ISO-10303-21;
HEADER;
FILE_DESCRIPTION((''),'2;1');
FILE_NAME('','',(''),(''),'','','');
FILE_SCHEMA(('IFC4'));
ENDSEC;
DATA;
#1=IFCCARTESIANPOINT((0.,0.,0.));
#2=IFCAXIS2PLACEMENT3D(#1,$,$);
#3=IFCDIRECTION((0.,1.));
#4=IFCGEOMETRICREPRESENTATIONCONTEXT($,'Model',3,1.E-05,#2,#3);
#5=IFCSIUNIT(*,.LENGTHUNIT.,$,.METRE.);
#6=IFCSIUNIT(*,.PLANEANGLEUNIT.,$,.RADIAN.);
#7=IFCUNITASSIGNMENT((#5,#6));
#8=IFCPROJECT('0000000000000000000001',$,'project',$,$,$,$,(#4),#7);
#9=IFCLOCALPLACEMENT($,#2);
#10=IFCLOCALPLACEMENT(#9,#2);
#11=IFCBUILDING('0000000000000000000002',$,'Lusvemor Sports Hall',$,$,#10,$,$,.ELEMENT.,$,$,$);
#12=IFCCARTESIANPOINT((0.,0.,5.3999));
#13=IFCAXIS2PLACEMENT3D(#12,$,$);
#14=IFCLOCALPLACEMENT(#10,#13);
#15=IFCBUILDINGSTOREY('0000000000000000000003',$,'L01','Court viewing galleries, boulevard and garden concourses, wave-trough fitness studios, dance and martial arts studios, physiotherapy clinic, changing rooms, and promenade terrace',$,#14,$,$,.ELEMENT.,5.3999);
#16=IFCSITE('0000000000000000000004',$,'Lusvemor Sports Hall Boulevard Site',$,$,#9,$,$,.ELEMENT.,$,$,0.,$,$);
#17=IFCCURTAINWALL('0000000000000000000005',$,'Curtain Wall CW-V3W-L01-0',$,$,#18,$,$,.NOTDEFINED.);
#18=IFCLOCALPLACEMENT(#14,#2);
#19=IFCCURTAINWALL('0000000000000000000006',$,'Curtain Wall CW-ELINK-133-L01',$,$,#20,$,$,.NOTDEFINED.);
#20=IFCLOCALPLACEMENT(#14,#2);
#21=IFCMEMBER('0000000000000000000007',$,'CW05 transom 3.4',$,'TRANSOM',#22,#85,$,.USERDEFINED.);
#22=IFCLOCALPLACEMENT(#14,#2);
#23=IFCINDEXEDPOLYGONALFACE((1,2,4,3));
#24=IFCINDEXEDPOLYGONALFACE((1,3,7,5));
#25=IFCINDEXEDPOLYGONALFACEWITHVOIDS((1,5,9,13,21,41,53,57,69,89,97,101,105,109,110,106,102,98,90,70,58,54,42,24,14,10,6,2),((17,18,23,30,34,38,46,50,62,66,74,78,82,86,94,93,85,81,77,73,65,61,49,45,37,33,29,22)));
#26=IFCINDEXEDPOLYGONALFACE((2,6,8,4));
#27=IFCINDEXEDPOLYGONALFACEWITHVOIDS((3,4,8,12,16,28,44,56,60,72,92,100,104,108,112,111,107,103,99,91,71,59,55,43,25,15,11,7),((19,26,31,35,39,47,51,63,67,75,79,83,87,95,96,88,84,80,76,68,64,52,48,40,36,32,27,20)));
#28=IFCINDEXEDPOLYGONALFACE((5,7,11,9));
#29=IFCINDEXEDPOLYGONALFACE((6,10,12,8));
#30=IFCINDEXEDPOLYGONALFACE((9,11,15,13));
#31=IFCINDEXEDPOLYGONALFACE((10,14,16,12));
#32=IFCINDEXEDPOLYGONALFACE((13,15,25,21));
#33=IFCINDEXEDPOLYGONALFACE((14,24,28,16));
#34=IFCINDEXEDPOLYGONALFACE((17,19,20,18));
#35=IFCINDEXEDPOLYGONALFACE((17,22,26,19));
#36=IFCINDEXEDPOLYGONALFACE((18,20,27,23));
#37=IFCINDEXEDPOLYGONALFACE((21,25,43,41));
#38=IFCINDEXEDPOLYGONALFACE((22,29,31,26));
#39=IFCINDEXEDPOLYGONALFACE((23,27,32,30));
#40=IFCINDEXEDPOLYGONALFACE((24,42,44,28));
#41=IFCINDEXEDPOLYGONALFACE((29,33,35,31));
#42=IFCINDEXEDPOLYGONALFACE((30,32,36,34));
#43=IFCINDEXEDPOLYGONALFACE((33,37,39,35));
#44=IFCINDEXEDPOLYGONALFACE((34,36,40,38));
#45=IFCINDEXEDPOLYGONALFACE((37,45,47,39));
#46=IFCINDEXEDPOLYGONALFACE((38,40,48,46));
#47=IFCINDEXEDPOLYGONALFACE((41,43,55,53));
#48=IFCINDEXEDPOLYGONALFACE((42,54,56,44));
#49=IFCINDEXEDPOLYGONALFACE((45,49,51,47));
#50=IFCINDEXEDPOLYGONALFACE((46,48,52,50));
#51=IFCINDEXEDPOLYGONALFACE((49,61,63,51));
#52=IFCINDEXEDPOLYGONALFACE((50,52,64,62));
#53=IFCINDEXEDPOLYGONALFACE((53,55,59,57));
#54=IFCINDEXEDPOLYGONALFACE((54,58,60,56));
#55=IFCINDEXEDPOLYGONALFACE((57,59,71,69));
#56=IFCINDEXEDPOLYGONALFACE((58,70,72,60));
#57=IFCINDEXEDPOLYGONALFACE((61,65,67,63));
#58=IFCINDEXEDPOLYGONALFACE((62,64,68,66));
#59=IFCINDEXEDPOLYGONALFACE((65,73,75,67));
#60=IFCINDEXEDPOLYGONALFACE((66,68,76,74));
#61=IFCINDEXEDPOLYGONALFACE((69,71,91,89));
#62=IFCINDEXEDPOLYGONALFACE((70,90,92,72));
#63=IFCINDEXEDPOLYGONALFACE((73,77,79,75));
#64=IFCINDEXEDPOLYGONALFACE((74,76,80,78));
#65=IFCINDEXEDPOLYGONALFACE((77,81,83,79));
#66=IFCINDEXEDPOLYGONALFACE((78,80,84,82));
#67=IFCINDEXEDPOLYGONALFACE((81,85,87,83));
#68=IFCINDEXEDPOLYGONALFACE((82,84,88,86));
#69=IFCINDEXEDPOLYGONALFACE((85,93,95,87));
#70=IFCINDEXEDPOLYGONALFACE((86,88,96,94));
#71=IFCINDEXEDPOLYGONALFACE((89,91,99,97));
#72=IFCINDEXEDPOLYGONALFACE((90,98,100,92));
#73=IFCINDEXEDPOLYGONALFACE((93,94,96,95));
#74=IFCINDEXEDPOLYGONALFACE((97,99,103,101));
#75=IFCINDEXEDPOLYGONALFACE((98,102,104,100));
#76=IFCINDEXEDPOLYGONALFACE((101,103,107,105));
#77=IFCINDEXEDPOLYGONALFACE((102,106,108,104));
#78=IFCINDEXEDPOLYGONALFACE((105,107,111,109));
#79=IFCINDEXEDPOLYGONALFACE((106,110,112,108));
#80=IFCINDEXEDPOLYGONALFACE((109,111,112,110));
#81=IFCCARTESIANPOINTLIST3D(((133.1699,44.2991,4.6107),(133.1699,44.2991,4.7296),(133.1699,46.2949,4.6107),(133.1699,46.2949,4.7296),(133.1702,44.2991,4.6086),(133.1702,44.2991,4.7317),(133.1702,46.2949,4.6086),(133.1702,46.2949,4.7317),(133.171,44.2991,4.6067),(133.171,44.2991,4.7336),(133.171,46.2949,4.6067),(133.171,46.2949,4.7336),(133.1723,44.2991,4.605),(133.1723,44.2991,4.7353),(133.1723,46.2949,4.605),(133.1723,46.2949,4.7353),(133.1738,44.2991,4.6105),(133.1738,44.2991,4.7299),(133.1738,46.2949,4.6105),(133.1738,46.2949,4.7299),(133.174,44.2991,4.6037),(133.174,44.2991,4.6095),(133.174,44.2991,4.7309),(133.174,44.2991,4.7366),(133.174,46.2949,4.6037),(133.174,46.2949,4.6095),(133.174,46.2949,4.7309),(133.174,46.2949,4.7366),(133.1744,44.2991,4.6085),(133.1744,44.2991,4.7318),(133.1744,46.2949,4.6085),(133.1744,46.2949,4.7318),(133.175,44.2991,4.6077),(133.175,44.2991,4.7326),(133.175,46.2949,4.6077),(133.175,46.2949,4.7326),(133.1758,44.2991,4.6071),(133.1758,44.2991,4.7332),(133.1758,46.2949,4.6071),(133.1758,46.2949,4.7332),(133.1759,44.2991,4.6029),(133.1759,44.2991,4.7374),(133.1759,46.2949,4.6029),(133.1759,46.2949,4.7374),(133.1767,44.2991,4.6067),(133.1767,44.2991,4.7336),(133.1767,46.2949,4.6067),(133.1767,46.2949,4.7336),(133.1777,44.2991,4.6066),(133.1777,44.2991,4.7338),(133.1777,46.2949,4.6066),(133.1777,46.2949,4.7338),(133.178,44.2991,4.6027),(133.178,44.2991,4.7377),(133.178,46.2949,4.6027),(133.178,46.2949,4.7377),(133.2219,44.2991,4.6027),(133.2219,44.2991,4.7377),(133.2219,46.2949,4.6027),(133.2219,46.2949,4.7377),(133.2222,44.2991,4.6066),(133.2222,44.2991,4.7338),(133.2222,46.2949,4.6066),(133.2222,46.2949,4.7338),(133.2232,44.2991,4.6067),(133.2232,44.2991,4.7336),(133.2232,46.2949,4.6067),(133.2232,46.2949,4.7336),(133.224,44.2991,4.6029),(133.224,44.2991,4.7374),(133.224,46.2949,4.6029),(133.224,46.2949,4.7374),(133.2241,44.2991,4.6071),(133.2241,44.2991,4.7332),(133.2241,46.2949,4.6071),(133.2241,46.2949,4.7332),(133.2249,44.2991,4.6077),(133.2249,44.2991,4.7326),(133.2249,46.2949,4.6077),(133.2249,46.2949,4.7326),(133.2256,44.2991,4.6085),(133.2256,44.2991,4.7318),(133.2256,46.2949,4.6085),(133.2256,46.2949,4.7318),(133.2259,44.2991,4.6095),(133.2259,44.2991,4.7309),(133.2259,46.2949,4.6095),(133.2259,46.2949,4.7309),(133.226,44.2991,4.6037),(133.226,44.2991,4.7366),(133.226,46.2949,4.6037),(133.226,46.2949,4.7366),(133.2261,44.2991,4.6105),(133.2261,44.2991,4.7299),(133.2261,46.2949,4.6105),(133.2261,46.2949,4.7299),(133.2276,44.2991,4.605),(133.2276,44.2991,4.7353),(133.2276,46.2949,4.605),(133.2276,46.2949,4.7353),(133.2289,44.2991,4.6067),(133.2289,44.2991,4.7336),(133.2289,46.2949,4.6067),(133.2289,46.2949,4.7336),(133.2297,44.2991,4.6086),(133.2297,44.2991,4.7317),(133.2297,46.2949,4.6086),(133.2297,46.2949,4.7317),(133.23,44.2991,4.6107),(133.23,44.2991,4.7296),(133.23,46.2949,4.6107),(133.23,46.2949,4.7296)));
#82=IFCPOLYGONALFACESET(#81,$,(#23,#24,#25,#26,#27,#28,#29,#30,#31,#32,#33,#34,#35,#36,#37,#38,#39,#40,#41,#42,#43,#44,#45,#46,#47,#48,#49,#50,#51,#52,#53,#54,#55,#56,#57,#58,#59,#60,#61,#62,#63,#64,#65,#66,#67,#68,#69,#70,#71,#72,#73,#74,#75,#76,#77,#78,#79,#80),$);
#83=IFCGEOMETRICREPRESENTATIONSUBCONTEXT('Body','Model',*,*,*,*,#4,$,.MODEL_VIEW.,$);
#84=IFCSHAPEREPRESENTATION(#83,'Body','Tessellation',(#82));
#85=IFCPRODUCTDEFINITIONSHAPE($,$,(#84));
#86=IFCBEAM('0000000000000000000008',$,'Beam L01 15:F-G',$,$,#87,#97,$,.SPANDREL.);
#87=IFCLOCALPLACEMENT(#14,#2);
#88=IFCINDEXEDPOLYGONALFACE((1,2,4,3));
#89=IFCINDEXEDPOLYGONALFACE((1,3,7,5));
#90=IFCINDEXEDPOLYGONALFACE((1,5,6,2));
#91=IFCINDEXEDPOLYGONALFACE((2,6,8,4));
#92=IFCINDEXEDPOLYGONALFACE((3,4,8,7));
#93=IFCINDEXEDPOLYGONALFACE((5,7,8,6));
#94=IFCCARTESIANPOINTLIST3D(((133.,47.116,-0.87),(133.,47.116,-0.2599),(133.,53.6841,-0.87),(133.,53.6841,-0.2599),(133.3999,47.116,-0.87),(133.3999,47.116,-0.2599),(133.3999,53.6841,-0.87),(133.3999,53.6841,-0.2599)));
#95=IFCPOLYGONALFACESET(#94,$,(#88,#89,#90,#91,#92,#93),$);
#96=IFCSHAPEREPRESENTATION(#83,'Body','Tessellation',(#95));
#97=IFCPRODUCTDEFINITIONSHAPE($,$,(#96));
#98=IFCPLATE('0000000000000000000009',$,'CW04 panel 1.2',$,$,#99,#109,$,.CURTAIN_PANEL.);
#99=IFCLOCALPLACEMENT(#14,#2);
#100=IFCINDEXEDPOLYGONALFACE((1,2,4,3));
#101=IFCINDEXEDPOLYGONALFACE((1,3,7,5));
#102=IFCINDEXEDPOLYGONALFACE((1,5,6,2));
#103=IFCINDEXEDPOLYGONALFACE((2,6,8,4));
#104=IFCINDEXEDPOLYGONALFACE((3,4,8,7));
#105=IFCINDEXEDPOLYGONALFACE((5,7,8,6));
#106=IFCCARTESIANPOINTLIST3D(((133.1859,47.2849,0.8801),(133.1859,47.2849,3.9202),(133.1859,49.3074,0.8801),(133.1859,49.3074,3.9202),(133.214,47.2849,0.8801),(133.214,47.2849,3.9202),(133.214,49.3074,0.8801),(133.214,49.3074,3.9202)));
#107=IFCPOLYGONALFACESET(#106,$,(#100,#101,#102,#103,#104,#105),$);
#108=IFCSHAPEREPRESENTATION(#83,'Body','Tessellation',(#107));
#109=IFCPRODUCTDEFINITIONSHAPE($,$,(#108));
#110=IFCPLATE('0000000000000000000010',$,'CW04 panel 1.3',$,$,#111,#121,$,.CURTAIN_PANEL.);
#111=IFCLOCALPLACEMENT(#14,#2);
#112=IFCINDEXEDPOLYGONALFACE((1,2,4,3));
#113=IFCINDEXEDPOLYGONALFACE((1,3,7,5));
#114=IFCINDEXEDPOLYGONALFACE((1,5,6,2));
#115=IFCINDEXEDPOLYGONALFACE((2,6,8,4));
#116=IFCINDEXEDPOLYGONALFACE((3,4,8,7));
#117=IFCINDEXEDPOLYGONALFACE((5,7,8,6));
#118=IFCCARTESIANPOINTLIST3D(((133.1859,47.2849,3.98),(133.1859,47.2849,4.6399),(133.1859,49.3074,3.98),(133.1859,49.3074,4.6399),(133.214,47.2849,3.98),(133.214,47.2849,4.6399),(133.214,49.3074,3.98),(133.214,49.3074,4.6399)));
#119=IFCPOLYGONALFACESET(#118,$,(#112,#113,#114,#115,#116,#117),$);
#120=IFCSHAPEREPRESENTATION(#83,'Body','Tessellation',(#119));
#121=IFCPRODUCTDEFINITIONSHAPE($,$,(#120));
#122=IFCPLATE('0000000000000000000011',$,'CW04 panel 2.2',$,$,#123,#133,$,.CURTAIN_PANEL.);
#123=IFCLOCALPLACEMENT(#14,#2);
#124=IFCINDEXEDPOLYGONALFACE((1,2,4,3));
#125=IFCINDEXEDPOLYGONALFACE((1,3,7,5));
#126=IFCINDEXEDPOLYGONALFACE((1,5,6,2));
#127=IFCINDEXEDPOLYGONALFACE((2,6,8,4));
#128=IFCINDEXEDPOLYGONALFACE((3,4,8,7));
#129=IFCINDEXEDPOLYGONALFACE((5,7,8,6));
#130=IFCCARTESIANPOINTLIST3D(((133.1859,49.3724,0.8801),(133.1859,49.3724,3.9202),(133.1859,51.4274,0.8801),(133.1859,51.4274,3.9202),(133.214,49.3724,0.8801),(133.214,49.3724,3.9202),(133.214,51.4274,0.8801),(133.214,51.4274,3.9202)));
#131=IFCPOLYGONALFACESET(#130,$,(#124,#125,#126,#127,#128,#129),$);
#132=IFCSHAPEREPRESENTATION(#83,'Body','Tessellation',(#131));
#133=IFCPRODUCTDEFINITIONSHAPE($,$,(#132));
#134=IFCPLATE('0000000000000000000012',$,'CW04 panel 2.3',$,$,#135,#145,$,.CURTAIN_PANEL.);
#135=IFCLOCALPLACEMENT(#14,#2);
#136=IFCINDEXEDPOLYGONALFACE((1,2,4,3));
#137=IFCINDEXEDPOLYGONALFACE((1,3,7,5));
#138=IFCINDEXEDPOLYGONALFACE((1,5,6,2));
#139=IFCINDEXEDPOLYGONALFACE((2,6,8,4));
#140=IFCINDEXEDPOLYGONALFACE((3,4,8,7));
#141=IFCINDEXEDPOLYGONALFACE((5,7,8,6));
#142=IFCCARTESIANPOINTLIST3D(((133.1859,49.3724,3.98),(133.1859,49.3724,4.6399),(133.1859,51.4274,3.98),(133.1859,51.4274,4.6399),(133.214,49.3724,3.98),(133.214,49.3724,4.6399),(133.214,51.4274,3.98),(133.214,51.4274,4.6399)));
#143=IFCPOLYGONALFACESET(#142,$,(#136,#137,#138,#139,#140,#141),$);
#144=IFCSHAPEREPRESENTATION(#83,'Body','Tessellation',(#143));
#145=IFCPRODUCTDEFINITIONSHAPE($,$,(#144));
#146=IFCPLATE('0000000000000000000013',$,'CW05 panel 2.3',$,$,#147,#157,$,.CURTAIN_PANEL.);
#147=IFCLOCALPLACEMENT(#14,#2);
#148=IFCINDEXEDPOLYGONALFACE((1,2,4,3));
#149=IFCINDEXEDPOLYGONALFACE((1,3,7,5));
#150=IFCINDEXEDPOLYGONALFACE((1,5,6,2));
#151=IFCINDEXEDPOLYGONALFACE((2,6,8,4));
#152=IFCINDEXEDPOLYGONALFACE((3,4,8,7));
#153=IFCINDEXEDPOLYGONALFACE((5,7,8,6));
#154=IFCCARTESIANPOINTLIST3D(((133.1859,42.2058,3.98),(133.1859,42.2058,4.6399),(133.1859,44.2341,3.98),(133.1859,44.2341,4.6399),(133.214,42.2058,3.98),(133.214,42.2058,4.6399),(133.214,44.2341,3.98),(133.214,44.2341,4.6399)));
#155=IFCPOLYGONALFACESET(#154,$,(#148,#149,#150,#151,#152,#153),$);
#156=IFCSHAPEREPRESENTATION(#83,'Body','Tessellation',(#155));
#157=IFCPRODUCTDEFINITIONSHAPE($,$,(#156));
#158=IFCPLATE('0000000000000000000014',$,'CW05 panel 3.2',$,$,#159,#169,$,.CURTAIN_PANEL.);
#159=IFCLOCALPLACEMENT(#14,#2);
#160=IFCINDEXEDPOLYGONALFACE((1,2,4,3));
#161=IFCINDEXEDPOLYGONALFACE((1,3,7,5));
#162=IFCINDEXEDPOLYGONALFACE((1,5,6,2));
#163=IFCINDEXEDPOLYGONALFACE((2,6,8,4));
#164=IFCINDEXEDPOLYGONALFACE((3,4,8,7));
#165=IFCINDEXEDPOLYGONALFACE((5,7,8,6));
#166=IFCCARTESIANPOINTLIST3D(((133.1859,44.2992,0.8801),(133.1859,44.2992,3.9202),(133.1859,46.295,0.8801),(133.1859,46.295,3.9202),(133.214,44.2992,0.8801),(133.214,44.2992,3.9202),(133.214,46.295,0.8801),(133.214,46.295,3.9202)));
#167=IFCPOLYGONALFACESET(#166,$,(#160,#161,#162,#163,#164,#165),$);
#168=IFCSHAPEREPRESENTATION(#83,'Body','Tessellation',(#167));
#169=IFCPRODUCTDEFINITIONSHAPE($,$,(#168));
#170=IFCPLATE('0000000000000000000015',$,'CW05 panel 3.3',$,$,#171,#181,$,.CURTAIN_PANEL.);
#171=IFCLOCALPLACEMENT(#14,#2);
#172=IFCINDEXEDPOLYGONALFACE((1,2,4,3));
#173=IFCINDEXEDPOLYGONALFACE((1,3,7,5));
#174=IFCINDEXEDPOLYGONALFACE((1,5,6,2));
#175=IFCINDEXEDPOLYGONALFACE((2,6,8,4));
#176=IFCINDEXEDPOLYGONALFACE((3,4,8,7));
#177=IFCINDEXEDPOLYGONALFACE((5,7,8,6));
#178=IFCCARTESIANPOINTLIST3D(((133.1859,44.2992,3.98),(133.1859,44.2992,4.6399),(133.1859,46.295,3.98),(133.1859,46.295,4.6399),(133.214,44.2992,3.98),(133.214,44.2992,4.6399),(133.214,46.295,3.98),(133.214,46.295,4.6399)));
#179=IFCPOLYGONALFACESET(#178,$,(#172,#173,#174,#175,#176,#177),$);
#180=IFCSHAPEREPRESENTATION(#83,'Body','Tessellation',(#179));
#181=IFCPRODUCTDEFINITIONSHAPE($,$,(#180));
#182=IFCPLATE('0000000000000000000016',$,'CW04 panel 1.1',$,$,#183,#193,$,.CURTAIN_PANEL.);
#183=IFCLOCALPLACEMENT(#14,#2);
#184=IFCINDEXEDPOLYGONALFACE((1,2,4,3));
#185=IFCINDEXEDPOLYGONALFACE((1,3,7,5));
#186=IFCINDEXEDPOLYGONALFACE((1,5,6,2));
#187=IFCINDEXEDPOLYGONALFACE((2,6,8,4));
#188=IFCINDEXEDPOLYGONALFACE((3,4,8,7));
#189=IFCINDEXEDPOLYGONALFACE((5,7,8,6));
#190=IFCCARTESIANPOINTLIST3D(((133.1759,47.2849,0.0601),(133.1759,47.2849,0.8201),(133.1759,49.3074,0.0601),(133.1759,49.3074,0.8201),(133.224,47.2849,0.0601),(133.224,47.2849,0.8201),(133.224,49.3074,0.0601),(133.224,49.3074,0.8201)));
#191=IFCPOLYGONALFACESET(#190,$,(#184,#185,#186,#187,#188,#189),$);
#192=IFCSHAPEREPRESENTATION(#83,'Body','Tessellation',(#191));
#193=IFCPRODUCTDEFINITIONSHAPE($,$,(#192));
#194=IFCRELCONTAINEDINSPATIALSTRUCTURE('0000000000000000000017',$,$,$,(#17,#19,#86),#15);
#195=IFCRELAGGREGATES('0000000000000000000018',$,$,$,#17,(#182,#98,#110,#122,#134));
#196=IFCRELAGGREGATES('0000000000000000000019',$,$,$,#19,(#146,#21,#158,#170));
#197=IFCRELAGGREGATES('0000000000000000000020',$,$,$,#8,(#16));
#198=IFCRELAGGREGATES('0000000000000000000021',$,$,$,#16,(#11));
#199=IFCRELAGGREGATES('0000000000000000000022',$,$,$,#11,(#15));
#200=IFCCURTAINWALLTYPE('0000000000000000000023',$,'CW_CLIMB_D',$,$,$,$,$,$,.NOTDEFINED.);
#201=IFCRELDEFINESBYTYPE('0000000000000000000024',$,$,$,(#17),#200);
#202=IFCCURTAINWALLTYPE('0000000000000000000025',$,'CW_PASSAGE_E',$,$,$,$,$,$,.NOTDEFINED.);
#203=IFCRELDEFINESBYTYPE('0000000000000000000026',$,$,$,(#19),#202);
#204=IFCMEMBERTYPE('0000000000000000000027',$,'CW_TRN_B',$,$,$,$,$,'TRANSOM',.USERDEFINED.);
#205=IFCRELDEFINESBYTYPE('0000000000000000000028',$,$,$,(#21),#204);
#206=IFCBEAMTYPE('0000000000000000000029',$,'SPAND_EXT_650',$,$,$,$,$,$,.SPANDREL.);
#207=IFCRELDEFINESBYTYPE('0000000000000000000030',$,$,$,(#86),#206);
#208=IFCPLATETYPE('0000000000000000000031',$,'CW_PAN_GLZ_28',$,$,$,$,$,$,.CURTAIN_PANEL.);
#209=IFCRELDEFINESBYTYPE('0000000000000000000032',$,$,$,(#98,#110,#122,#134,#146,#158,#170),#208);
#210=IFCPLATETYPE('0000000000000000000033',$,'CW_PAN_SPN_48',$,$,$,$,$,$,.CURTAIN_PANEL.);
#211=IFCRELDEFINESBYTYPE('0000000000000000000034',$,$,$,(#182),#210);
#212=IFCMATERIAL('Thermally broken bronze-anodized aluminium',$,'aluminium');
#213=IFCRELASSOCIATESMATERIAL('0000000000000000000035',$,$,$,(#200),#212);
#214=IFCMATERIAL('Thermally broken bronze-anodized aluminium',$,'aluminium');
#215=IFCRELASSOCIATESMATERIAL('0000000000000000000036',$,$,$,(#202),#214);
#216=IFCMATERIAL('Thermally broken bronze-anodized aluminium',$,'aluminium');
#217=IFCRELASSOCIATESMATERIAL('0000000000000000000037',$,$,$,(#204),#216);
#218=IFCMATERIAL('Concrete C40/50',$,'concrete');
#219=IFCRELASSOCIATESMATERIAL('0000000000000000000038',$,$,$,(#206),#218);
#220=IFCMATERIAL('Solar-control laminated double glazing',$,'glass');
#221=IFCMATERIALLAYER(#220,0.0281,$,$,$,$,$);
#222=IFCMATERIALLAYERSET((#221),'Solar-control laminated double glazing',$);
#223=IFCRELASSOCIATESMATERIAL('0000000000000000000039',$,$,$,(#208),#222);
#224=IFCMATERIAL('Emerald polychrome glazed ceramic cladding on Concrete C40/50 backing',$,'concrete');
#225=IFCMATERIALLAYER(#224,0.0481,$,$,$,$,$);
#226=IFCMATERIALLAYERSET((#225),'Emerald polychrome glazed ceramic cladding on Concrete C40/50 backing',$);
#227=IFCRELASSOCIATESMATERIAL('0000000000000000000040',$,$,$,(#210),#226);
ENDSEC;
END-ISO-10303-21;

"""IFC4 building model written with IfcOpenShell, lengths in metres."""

from ifc_helpers import new_model, si_unit, direction, frame, origin, origin_2d, place, context, subcontext, project, spatial, rectangle, hollow_rectangle, extrude, material, layer, layer_set, material_profile, profile_set, type_object, element, aggregate, save


model = new_model("IFC4")

# Units and contexts
model_context = context("Model", 3, precision=1e-05, world=origin(), true_north=direction((0.0, 1.0)))
body_context = subcontext(model_context, "Body", "Model", "MODEL_VIEW")
ifc_project = project(units=[si_unit("LENGTHUNIT", "METRE"), si_unit("PLANEANGLEUNIT", "RADIAN")], contexts=[model_context])

# Site, building, storey
site_placement = place(None, origin())
site = spatial("IfcSite", under=ifc_project, at=site_placement, Name="Lusvemor Sports Hall Boulevard Site", CompositionType="ELEMENT", RefElevation=0.0)
building_placement = place(site_placement, origin())
building = spatial("IfcBuilding", under=site, at=building_placement, Name="Lusvemor Sports Hall", CompositionType="ELEMENT")
storey_placement = place(building_placement, frame((0.0, 0.0, 5.3999)))
storey = spatial("IfcBuildingStorey", under=building, at=storey_placement, Name="L01", Description="Court viewing galleries, boulevard and garden concourses, wave-trough fitness studios, dance and martial arts studios, physiotherapy clinic, changing rooms, and promenade terrace", CompositionType="ELEMENT", Elevation=5.3999)

# Curtain walls
ifc_material_1 = material(Name="Thermally broken bronze-anodized aluminium", Category="aluminium")
curtain_wall_type_1 = type_object("IfcCurtainWallType", Name="CW_CLIMB_D", PredefinedType="NOTDEFINED", material=ifc_material_1)
curtain_wall_1_placement = place(storey_placement, origin())
curtain_wall_1 = element("IfcCurtainWall", 1, at=curtain_wall_1_placement, inside=storey, type_object=curtain_wall_type_1, Name="Curtain Wall CW-V3W-L01-0", PredefinedType="NOTDEFINED")
ifc_material_2 = material(Name="Thermally broken bronze-anodized aluminium", Category="aluminium")
curtain_wall_type_2 = type_object("IfcCurtainWallType", Name="CW_PASSAGE_E", PredefinedType="NOTDEFINED", material=ifc_material_2)
curtain_wall_2_placement = place(storey_placement, origin())
curtain_wall_2 = element("IfcCurtainWall", 2, at=curtain_wall_2_placement, inside=storey, type_object=curtain_wall_type_2, Name="Curtain Wall CW-ELINK-133-L01", PredefinedType="NOTDEFINED")

# Member
ifc_material_3 = material(Name="Thermally broken bronze-anodized aluminium", Category="aluminium")
ifc_material_profile_1 = material_profile(ifc_material_3, hollow_rectangle(XDim=0.0601, YDim=0.135, WallThickness=0.0039, InnerFilletRadius=0.0039, OuterFilletRadius=0.0081, at=origin_2d()), Name="CWTRN135x60x4")
ifc_profile_set_1 = profile_set([ifc_material_profile_1], Name="Thermally broken bronze-anodized aluminium")
member_type_1 = type_object("IfcMemberType", Name="CW_TRN_B", ElementType="TRANSOM", PredefinedType="USERDEFINED", material=ifc_profile_set_1)
member_1_placement = place(storey_placement, frame((133.2, 44.2991, 4.6702), z_axis=(0.0, 1.0, 0.0), x_axis=(-1.0, 0.0, 0.0)))
member_1 = element("IfcMember", 3, at=member_1_placement, type_object=member_type_1, Name="CW05 transom 3.4", ObjectType="TRANSOM", PredefinedType="USERDEFINED", context=body_context, shape_type="SweptSolid", body=[
    extrude(hollow_rectangle(XDim=0.0601, YDim=0.135, WallThickness=0.0039, InnerFilletRadius=0.0039, OuterFilletRadius=0.0081, at=origin_2d()), origin(), (0.0, 0.0, 1.0), 1.9958),
])

# Beam
ifc_material_4 = material(Name="Concrete C40/50", Category="concrete")
ifc_material_profile_2 = material_profile(ifc_material_4, rectangle(XDim=0.3999, YDim=0.6101, at=origin_2d()), Name="RC400x610")
ifc_profile_set_2 = profile_set([ifc_material_profile_2], Name="Concrete C40/50")
beam_type = type_object("IfcBeamType", Name="SPAND_EXT_650", PredefinedType="SPANDREL", material=ifc_profile_set_2)
beam_placement = place(storey_placement, frame((133.2, 47.116, -0.5649), z_axis=(0.0, 1.0, 0.0), x_axis=(-1.0, 0.0, 0.0)))
element("IfcBeam", 4, at=beam_placement, inside=storey, type_object=beam_type, Name="Beam L01 15:F-G", PredefinedType="SPANDREL", context=body_context, shape_type="SweptSolid", body=[
    extrude(rectangle(XDim=0.3999, YDim=0.6101, at=origin_2d()), origin(), (0.0, 0.0, 1.0), 6.5681),
])

# Plates
ifc_material_5 = material(Name="Solar-control laminated double glazing", Category="glass")
ifc_layer_1 = layer(ifc_material_5, 0.0281)
ifc_layer_set_1 = layer_set([ifc_layer_1], Name="Solar-control laminated double glazing")
plate_type_1 = type_object("IfcPlateType", Name="CW_PAN_GLZ_28", PredefinedType="CURTAIN_PANEL", material=ifc_layer_set_1)
plate_1_placement = place(storey_placement, frame((133.2, 48.2961, 0.8801), z_axis=(0.0, 0.0, 1.0), x_axis=(0.0, 1.0, 0.0)))
plate_1 = element("IfcPlate", 5, at=plate_1_placement, type_object=plate_type_1, Name="CW04 panel 1.2", PredefinedType="CURTAIN_PANEL", context=body_context, shape_type="SweptSolid", body=[
    extrude(rectangle(XDim=2.0225, YDim=0.0281, at=origin_2d()), origin(), (0.0, 0.0, 1.0), 3.04),
])
plate_2_placement = place(storey_placement, frame((133.2, 48.2961, 3.98), z_axis=(0.0, 0.0, 1.0), x_axis=(0.0, 1.0, 0.0)))
plate_2 = element("IfcPlate", 6, at=plate_2_placement, type_object=plate_type_1, Name="CW04 panel 1.3", PredefinedType="CURTAIN_PANEL", context=body_context, shape_type="SweptSolid", body=[
    extrude(rectangle(XDim=2.0225, YDim=0.0281, at=origin_2d()), origin(), (0.0, 0.0, 1.0), 0.6599),
])
plate_3_placement = place(storey_placement, frame((133.2, 50.3999, 0.8801), z_axis=(0.0, 0.0, 1.0), x_axis=(0.0, 1.0, 0.0)))
plate_3 = element("IfcPlate", 7, at=plate_3_placement, type_object=plate_type_1, Name="CW04 panel 2.2", PredefinedType="CURTAIN_PANEL", context=body_context, shape_type="SweptSolid", body=[
    extrude(rectangle(XDim=2.0549, YDim=0.0281, at=origin_2d()), origin(), (0.0, 0.0, 1.0), 3.04),
])
plate_4_placement = place(storey_placement, frame((133.2, 50.3999, 3.98), z_axis=(0.0, 0.0, 1.0), x_axis=(0.0, 1.0, 0.0)))
plate_4 = element("IfcPlate", 8, at=plate_4_placement, type_object=plate_type_1, Name="CW04 panel 2.3", PredefinedType="CURTAIN_PANEL", context=body_context, shape_type="SweptSolid", body=[
    extrude(rectangle(XDim=2.0549, YDim=0.0281, at=origin_2d()), origin(), (0.0, 0.0, 1.0), 0.6599),
])
plate_5_placement = place(storey_placement, frame((133.2, 43.22, 3.98), z_axis=(0.0, 0.0, 1.0), x_axis=(0.0, 1.0, 0.0)))
plate_5 = element("IfcPlate", 9, at=plate_5_placement, type_object=plate_type_1, Name="CW05 panel 2.3", PredefinedType="CURTAIN_PANEL", context=body_context, shape_type="SweptSolid", body=[
    extrude(rectangle(XDim=2.0283, YDim=0.0281, at=origin_2d()), origin(), (0.0, 0.0, 1.0), 0.6599),
])
plate_6_placement = place(storey_placement, frame((133.2, 45.2971, 0.8801), z_axis=(0.0, 0.0, 1.0), x_axis=(0.0, 1.0, 0.0)))
plate_6 = element("IfcPlate", 10, at=plate_6_placement, type_object=plate_type_1, Name="CW05 panel 3.2", PredefinedType="CURTAIN_PANEL", context=body_context, shape_type="SweptSolid", body=[
    extrude(rectangle(XDim=1.9958, YDim=0.0281, at=origin_2d()), origin(), (0.0, 0.0, 1.0), 3.04),
])
plate_7_placement = place(storey_placement, frame((133.2, 45.2971, 3.98), z_axis=(0.0, 0.0, 1.0), x_axis=(0.0, 1.0, 0.0)))
plate_7 = element("IfcPlate", 11, at=plate_7_placement, type_object=plate_type_1, Name="CW05 panel 3.3", PredefinedType="CURTAIN_PANEL", context=body_context, shape_type="SweptSolid", body=[
    extrude(rectangle(XDim=1.9958, YDim=0.0281, at=origin_2d()), origin(), (0.0, 0.0, 1.0), 0.6599),
])
ifc_material_6 = material(Name="Emerald polychrome glazed ceramic cladding on Concrete C40/50 backing", Category="concrete")
ifc_layer_2 = layer(ifc_material_6, 0.0481)
ifc_layer_set_2 = layer_set([ifc_layer_2], Name="Emerald polychrome glazed ceramic cladding on Concrete C40/50 backing")
plate_type_2 = type_object("IfcPlateType", Name="CW_PAN_SPN_48", PredefinedType="CURTAIN_PANEL", material=ifc_layer_set_2)
plate_8_placement = place(storey_placement, frame((133.2, 48.2961, 0.0601), z_axis=(0.0, 0.0, 1.0), x_axis=(0.0, 1.0, 0.0)))
plate_8 = element("IfcPlate", 12, at=plate_8_placement, type_object=plate_type_2, Name="CW04 panel 1.1", PredefinedType="CURTAIN_PANEL", context=body_context, shape_type="SweptSolid", body=[
    extrude(rectangle(XDim=2.0225, YDim=0.0481, at=origin_2d()), origin(), (0.0, 0.0, 1.0), 0.76),
])
aggregate(curtain_wall_1, [plate_8, plate_1, plate_2, plate_3, plate_4])
aggregate(curtain_wall_2, [plate_5, member_1, plate_6, plate_7])

save(model, "model.ifc")
